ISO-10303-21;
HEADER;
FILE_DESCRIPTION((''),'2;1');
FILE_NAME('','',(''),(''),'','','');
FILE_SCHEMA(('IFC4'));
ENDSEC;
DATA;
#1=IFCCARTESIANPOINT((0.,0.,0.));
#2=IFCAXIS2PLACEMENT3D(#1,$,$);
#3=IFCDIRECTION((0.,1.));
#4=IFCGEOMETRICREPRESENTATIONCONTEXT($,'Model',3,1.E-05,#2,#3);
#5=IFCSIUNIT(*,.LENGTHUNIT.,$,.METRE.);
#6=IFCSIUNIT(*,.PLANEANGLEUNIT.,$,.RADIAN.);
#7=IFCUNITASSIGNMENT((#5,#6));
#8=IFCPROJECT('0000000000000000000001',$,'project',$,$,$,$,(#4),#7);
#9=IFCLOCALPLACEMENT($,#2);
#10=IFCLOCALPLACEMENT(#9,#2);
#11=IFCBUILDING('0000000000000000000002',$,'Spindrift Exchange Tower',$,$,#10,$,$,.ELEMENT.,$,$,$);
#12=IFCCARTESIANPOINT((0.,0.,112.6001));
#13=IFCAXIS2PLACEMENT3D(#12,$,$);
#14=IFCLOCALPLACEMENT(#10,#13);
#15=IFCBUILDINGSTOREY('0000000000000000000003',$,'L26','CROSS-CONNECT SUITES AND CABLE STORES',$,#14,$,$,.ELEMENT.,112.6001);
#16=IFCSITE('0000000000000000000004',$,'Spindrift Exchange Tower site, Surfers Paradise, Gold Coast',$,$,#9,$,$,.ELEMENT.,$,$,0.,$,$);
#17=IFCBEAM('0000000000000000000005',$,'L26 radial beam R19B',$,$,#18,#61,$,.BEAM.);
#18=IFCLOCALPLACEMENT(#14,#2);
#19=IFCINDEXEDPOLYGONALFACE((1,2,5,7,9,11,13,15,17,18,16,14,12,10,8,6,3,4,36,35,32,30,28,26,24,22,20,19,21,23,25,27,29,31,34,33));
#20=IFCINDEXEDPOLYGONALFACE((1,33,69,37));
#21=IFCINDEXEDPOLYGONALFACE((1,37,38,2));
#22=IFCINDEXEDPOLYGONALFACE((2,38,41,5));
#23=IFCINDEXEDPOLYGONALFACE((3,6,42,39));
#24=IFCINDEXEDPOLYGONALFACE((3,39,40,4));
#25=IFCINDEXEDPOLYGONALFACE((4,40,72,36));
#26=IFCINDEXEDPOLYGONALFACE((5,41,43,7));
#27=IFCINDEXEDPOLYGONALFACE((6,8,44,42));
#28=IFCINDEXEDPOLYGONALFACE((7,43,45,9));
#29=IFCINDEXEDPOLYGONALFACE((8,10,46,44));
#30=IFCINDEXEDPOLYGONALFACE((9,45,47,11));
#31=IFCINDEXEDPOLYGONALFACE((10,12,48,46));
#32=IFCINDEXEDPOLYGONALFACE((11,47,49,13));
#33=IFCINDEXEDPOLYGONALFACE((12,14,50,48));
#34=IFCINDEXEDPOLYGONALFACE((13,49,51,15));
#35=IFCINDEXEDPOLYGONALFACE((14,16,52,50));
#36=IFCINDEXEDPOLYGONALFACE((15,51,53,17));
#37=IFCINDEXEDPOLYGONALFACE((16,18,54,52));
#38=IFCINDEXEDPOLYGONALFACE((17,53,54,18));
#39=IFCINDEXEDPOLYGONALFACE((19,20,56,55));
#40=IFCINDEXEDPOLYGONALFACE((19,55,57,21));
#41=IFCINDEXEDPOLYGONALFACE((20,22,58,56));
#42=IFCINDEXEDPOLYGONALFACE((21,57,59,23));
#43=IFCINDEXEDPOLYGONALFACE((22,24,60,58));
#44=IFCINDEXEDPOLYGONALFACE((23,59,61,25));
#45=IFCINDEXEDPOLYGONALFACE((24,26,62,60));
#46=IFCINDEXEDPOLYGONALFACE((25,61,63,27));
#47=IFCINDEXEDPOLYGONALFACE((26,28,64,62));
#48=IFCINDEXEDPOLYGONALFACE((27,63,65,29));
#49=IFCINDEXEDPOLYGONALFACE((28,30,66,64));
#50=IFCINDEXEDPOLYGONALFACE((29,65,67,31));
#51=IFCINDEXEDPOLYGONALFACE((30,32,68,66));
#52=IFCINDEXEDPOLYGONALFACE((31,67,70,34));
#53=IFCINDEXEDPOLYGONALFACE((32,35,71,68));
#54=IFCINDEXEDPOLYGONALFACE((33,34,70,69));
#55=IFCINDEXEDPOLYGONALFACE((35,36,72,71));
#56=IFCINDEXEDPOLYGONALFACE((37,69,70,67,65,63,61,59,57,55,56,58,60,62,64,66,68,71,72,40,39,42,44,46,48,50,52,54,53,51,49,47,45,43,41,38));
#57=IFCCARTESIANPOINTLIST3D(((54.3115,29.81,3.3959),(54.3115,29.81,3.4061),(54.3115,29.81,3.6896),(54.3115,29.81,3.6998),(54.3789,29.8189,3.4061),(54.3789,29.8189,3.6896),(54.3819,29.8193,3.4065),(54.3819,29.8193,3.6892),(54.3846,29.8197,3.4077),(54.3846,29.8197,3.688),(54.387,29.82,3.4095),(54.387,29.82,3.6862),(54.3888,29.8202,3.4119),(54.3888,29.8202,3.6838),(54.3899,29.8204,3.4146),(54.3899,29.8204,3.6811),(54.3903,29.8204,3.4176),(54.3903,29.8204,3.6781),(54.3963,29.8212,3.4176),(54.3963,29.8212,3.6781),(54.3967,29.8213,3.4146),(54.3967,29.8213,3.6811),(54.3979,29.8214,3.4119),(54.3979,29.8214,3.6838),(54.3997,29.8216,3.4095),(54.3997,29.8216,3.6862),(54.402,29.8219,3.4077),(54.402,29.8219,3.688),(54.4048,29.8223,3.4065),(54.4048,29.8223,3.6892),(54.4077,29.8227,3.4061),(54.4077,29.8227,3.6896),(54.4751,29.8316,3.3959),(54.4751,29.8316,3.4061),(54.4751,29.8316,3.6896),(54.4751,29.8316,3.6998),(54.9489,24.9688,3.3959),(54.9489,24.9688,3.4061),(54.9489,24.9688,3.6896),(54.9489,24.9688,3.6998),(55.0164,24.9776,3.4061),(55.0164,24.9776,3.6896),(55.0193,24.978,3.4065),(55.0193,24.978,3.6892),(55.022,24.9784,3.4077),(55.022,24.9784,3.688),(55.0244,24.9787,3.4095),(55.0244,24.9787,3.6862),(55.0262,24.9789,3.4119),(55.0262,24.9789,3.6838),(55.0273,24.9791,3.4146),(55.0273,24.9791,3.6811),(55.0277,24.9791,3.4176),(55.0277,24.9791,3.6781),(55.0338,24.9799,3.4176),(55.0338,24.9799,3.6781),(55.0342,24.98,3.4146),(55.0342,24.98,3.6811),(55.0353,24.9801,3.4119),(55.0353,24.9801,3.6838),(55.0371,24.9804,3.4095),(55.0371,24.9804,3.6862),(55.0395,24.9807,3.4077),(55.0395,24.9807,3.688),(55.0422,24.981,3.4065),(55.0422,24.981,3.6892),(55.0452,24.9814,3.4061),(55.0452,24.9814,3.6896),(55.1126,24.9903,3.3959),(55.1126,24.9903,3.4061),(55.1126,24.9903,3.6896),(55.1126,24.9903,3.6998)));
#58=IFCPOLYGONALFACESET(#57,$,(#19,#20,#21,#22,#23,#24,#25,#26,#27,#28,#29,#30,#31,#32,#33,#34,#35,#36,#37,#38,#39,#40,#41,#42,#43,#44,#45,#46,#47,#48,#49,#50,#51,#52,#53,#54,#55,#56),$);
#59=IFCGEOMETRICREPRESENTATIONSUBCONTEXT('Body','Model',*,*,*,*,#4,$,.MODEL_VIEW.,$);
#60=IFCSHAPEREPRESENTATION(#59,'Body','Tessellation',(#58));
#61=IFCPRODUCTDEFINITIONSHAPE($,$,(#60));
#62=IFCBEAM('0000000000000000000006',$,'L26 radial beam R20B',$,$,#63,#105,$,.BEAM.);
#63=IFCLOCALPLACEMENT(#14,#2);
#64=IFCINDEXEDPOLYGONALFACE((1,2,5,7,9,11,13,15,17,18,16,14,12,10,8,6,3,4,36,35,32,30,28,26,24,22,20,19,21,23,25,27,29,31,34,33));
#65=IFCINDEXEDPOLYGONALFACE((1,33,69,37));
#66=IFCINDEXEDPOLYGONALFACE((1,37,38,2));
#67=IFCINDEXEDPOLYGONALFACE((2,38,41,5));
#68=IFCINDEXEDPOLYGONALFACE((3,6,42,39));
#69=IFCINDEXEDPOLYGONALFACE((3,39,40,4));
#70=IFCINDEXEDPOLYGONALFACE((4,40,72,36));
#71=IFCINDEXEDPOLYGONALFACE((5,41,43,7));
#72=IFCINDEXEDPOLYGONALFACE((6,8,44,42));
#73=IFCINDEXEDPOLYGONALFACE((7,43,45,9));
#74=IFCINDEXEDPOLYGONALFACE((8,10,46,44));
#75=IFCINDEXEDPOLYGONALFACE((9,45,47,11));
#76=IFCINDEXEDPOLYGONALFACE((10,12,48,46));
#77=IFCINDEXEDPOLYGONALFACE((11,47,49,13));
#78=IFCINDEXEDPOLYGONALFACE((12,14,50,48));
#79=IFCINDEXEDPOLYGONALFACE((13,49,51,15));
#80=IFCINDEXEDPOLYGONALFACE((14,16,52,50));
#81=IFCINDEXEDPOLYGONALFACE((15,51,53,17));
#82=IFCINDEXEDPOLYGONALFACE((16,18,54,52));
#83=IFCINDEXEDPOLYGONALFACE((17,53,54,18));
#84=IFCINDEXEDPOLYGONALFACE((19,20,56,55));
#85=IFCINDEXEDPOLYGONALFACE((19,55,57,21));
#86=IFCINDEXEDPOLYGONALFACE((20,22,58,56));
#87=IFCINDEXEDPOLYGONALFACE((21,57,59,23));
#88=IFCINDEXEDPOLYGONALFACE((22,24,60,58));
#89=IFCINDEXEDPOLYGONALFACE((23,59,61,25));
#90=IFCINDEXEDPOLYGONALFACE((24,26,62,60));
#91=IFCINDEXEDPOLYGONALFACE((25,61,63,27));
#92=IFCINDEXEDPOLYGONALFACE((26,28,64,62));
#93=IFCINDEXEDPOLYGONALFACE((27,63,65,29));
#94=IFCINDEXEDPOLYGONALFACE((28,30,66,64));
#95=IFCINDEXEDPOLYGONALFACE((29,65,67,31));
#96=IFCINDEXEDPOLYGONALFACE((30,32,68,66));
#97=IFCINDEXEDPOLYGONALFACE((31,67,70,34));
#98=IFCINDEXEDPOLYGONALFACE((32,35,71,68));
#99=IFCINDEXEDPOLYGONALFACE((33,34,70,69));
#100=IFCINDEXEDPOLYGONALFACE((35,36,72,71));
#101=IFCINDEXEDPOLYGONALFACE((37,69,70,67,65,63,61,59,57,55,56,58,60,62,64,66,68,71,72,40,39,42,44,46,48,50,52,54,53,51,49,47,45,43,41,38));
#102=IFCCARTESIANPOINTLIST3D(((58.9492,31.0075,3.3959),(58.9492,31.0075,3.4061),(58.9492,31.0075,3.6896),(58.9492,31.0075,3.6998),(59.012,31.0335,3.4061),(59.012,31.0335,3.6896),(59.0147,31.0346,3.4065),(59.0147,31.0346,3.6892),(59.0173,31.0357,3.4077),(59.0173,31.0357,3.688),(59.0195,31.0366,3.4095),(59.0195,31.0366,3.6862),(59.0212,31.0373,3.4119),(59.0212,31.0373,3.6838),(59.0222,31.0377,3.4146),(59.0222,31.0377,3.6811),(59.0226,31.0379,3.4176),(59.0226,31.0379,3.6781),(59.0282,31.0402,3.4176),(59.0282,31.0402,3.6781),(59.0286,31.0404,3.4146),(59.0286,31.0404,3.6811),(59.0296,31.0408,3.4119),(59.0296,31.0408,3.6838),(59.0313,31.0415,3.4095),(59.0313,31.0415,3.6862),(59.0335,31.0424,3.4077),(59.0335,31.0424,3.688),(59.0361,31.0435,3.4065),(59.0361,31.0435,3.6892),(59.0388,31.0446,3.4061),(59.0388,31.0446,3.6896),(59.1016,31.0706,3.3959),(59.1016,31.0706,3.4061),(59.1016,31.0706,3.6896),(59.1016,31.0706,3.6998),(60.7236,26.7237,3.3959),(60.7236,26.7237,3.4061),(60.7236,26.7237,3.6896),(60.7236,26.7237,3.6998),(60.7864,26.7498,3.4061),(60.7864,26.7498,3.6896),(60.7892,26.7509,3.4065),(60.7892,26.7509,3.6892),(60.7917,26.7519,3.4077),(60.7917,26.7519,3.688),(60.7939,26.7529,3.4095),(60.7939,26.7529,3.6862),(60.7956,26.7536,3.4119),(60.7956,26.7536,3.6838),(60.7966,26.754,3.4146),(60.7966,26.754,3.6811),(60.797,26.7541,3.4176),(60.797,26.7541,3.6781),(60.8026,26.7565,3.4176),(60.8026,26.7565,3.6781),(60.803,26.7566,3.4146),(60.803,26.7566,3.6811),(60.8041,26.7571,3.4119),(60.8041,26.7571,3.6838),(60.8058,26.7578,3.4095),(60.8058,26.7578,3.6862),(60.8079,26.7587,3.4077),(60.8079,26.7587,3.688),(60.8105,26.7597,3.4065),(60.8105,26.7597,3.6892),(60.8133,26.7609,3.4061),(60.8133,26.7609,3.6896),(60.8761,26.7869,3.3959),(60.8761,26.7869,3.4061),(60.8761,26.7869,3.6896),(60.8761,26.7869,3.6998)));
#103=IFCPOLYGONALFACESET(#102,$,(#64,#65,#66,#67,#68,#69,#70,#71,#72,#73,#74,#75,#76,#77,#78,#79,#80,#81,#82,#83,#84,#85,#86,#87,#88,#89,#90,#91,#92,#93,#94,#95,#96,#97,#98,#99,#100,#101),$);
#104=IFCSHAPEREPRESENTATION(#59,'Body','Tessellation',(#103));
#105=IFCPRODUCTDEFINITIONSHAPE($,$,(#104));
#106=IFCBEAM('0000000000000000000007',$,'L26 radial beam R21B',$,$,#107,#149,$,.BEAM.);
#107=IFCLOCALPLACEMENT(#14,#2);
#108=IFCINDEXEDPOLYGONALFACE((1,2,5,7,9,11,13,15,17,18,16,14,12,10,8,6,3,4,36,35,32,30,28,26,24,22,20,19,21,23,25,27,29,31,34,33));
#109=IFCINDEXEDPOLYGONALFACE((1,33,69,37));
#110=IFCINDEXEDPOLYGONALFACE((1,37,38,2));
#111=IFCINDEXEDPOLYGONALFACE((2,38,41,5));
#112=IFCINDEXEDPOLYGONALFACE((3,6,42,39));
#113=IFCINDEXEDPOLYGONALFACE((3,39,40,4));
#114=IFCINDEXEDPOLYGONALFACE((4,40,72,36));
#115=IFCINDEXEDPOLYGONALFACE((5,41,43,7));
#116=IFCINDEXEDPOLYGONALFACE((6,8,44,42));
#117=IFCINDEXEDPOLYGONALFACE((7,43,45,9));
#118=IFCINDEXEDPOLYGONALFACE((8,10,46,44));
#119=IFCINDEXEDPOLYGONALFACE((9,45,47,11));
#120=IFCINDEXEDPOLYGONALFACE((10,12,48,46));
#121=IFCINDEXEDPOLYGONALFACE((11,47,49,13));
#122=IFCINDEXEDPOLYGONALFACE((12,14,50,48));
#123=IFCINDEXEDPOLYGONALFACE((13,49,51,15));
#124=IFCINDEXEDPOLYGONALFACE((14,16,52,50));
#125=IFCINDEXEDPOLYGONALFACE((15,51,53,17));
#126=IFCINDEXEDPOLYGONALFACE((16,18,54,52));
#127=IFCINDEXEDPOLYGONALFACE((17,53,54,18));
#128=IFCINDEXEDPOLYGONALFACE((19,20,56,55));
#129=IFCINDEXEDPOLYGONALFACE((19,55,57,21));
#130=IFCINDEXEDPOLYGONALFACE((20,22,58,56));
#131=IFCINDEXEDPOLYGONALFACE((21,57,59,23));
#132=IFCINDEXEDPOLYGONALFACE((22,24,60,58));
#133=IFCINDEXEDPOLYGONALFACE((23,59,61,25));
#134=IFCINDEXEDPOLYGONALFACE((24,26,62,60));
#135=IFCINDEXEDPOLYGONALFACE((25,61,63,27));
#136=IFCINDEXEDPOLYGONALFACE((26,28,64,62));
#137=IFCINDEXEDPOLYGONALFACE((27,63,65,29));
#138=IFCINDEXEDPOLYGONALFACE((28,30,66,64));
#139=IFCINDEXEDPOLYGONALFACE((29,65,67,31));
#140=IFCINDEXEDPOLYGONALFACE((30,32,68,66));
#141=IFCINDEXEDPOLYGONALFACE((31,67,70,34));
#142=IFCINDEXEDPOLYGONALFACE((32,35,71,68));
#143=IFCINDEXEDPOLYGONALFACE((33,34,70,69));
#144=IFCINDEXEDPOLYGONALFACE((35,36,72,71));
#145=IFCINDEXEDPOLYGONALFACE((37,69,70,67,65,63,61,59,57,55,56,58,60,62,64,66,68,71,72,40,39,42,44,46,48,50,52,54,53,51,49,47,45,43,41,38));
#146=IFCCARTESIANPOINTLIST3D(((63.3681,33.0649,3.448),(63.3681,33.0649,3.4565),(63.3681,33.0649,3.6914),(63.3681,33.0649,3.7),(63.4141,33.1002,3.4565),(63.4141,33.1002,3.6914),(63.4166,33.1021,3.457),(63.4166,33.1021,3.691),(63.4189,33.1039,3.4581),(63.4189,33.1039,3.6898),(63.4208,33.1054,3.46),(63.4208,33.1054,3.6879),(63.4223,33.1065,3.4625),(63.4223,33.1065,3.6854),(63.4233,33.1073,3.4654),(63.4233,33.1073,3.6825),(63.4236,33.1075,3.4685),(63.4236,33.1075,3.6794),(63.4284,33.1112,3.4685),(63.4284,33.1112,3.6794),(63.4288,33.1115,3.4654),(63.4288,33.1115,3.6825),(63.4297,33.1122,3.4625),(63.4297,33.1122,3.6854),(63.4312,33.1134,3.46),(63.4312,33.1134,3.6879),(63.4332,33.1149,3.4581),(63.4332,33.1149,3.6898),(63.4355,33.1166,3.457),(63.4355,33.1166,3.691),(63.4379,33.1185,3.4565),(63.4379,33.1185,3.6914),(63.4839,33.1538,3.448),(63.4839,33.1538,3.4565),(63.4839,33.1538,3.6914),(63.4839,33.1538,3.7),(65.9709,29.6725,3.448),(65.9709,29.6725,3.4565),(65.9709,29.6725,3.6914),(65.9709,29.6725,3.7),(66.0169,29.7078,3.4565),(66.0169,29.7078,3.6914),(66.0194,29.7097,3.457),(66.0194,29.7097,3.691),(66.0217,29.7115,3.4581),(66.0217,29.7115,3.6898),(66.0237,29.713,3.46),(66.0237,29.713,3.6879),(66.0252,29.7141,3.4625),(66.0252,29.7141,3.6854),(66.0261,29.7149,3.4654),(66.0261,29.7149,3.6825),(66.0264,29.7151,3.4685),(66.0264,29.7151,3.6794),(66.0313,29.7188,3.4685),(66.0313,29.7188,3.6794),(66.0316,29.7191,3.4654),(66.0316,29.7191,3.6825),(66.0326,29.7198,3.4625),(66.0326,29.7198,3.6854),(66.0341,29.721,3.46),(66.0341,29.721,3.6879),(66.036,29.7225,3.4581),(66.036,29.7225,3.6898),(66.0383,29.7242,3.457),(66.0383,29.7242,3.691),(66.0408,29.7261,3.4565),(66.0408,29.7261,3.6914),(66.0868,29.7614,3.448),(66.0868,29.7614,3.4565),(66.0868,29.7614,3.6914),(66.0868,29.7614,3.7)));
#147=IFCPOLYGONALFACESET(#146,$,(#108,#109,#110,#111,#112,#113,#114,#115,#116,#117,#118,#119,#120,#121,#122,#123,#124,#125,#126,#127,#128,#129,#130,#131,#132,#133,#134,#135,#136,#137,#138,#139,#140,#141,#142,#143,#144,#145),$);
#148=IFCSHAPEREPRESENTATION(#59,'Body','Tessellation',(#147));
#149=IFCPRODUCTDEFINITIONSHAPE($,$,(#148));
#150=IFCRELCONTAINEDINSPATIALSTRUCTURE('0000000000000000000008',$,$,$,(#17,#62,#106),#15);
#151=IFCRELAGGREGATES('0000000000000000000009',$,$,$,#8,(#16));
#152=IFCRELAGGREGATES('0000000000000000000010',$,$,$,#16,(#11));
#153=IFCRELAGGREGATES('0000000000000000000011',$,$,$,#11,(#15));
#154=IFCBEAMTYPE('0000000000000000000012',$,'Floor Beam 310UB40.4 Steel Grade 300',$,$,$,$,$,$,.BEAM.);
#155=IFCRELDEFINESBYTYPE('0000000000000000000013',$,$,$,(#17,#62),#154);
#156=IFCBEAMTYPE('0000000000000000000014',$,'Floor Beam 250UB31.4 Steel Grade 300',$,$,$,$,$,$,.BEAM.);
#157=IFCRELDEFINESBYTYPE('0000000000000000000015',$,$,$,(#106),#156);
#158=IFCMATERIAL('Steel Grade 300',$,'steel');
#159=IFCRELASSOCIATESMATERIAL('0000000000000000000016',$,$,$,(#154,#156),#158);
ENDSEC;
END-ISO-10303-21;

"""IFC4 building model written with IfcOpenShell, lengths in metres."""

from ifc_helpers import new_model, si_unit, direction, frame, origin, origin_2d, place, context, subcontext, project, spatial, i_section, extrude, source, transform, mapped, material, material_profile, profile_set, type_object, element, save


model = new_model("IFC4")

# Units and contexts
model_context = context("Model", 3, precision=1e-05, world=origin(), true_north=direction((0.0, 1.0)))
body_context = subcontext(model_context, "Body", "Model", "MODEL_VIEW")
ifc_project = project(units=[si_unit("LENGTHUNIT", "METRE"), si_unit("PLANEANGLEUNIT", "RADIAN")], contexts=[model_context])

# Site, building, storey
site_placement = place(None, origin())
site = spatial("IfcSite", under=ifc_project, at=site_placement, Name="Spindrift Exchange Tower site, Surfers Paradise, Gold Coast", CompositionType="ELEMENT", RefElevation=0.0)
building_placement = place(site_placement, origin())
building = spatial("IfcBuilding", under=site, at=building_placement, Name="Spindrift Exchange Tower", CompositionType="ELEMENT")
storey_placement = place(building_placement, frame((0.0, 0.0, 112.6001)))
storey = spatial("IfcBuildingStorey", under=building, at=storey_placement, Name="L26", Description="CROSS-CONNECT SUITES AND CABLE STORES", CompositionType="ELEMENT", Elevation=112.6001)

# Beams
ifc_material_1 = material(Name="Steel Grade 300", Category="steel")
ifc_material_profile_1 = material_profile(ifc_material_1, i_section(OverallWidth=0.165, OverallDepth=0.304, WebThickness=0.0061, FlangeThickness=0.0103, FilletRadius=0.0115, at=origin_2d()), Name="310UB40.4")
ifc_profile_set_1 = profile_set([ifc_material_profile_1], Name="Steel Grade 300")
beam_type_1 = type_object("IfcBeamType", Name="Floor Beam 310UB40.4 Steel Grade 300", PredefinedType="BEAM", material=ifc_profile_set_1)
shared_shape_1 = source(origin(), body_context, "Body", "SweptSolid", [
    extrude(i_section(OverallWidth=0.165, OverallDepth=0.304, WebThickness=0.0061, FlangeThickness=0.0103, FilletRadius=0.0115, at=origin_2d()), origin(), (0.0, 0.0, 1.0), 4.8831),
])
beam_1_placement = place(storey_placement, frame((54.3933, 29.8208, 3.5479), z_axis=(0.130542, -0.991443, 0.0), x_axis=(0.991443, 0.130542, 0.0)))
element("IfcBeam", 1, at=beam_1_placement, inside=storey, type_object=beam_type_1, Name="L26 radial beam R19B", PredefinedType="BEAM", context=body_context, shape_type="MappedRepresentation", body=[
    mapped(shared_shape_1, transform((0.0, 0.0, 0.0), scale=1.0)),
])
shared_shape_2 = source(origin(), body_context, "Body", "SweptSolid", [
    extrude(i_section(OverallWidth=0.165, OverallDepth=0.304, WebThickness=0.0061, FlangeThickness=0.0103, FilletRadius=0.0115, at=origin_2d()), origin(), (0.0, 0.0, 1.0), 4.6367),
])
beam_2_placement = place(storey_placement, frame((59.0254, 31.0391, 3.5479), z_axis=(0.382693, -0.923876, 0.0), x_axis=(0.923876, 0.382693, 0.0)))
element("IfcBeam", 2, at=beam_2_placement, inside=storey, type_object=beam_type_1, Name="L26 radial beam R20B", PredefinedType="BEAM", context=body_context, shape_type="MappedRepresentation", body=[
    mapped(shared_shape_2, transform((0.0, 0.0, 0.0), scale=1.0)),
])
ifc_material_profile_2 = material_profile(ifc_material_1, i_section(OverallWidth=0.146, OverallDepth=0.252, WebThickness=0.0061, FlangeThickness=0.0085, FilletRadius=0.012, at=origin_2d()), Name="250UB31.4")
ifc_profile_set_2 = profile_set([ifc_material_profile_2], Name="Steel Grade 300")
beam_type_2 = type_object("IfcBeamType", Name="Floor Beam 250UB31.4 Steel Grade 300", PredefinedType="BEAM", material=ifc_profile_set_2)
shared_shape_3 = source(origin(), body_context, "Body", "SweptSolid", [
    extrude(i_section(OverallWidth=0.146, OverallDepth=0.252, WebThickness=0.0061, FlangeThickness=0.0085, FilletRadius=0.012, at=origin_2d()), origin(), (0.0, 0.0, 1.0), 4.2759),
])
beam_3_placement = place(storey_placement, frame((63.426, 33.1094, 3.574), z_axis=(0.608725, -0.793381, 0.0), x_axis=(0.793381, 0.608725, 0.0)))
element("IfcBeam", 3, at=beam_3_placement, inside=storey, type_object=beam_type_2, Name="L26 radial beam R21B", PredefinedType="BEAM", context=body_context, shape_type="MappedRepresentation", body=[
    mapped(shared_shape_3, transform((0.0, 0.0, 0.0), scale=1.0)),
])

save(model, "model.ifc")
